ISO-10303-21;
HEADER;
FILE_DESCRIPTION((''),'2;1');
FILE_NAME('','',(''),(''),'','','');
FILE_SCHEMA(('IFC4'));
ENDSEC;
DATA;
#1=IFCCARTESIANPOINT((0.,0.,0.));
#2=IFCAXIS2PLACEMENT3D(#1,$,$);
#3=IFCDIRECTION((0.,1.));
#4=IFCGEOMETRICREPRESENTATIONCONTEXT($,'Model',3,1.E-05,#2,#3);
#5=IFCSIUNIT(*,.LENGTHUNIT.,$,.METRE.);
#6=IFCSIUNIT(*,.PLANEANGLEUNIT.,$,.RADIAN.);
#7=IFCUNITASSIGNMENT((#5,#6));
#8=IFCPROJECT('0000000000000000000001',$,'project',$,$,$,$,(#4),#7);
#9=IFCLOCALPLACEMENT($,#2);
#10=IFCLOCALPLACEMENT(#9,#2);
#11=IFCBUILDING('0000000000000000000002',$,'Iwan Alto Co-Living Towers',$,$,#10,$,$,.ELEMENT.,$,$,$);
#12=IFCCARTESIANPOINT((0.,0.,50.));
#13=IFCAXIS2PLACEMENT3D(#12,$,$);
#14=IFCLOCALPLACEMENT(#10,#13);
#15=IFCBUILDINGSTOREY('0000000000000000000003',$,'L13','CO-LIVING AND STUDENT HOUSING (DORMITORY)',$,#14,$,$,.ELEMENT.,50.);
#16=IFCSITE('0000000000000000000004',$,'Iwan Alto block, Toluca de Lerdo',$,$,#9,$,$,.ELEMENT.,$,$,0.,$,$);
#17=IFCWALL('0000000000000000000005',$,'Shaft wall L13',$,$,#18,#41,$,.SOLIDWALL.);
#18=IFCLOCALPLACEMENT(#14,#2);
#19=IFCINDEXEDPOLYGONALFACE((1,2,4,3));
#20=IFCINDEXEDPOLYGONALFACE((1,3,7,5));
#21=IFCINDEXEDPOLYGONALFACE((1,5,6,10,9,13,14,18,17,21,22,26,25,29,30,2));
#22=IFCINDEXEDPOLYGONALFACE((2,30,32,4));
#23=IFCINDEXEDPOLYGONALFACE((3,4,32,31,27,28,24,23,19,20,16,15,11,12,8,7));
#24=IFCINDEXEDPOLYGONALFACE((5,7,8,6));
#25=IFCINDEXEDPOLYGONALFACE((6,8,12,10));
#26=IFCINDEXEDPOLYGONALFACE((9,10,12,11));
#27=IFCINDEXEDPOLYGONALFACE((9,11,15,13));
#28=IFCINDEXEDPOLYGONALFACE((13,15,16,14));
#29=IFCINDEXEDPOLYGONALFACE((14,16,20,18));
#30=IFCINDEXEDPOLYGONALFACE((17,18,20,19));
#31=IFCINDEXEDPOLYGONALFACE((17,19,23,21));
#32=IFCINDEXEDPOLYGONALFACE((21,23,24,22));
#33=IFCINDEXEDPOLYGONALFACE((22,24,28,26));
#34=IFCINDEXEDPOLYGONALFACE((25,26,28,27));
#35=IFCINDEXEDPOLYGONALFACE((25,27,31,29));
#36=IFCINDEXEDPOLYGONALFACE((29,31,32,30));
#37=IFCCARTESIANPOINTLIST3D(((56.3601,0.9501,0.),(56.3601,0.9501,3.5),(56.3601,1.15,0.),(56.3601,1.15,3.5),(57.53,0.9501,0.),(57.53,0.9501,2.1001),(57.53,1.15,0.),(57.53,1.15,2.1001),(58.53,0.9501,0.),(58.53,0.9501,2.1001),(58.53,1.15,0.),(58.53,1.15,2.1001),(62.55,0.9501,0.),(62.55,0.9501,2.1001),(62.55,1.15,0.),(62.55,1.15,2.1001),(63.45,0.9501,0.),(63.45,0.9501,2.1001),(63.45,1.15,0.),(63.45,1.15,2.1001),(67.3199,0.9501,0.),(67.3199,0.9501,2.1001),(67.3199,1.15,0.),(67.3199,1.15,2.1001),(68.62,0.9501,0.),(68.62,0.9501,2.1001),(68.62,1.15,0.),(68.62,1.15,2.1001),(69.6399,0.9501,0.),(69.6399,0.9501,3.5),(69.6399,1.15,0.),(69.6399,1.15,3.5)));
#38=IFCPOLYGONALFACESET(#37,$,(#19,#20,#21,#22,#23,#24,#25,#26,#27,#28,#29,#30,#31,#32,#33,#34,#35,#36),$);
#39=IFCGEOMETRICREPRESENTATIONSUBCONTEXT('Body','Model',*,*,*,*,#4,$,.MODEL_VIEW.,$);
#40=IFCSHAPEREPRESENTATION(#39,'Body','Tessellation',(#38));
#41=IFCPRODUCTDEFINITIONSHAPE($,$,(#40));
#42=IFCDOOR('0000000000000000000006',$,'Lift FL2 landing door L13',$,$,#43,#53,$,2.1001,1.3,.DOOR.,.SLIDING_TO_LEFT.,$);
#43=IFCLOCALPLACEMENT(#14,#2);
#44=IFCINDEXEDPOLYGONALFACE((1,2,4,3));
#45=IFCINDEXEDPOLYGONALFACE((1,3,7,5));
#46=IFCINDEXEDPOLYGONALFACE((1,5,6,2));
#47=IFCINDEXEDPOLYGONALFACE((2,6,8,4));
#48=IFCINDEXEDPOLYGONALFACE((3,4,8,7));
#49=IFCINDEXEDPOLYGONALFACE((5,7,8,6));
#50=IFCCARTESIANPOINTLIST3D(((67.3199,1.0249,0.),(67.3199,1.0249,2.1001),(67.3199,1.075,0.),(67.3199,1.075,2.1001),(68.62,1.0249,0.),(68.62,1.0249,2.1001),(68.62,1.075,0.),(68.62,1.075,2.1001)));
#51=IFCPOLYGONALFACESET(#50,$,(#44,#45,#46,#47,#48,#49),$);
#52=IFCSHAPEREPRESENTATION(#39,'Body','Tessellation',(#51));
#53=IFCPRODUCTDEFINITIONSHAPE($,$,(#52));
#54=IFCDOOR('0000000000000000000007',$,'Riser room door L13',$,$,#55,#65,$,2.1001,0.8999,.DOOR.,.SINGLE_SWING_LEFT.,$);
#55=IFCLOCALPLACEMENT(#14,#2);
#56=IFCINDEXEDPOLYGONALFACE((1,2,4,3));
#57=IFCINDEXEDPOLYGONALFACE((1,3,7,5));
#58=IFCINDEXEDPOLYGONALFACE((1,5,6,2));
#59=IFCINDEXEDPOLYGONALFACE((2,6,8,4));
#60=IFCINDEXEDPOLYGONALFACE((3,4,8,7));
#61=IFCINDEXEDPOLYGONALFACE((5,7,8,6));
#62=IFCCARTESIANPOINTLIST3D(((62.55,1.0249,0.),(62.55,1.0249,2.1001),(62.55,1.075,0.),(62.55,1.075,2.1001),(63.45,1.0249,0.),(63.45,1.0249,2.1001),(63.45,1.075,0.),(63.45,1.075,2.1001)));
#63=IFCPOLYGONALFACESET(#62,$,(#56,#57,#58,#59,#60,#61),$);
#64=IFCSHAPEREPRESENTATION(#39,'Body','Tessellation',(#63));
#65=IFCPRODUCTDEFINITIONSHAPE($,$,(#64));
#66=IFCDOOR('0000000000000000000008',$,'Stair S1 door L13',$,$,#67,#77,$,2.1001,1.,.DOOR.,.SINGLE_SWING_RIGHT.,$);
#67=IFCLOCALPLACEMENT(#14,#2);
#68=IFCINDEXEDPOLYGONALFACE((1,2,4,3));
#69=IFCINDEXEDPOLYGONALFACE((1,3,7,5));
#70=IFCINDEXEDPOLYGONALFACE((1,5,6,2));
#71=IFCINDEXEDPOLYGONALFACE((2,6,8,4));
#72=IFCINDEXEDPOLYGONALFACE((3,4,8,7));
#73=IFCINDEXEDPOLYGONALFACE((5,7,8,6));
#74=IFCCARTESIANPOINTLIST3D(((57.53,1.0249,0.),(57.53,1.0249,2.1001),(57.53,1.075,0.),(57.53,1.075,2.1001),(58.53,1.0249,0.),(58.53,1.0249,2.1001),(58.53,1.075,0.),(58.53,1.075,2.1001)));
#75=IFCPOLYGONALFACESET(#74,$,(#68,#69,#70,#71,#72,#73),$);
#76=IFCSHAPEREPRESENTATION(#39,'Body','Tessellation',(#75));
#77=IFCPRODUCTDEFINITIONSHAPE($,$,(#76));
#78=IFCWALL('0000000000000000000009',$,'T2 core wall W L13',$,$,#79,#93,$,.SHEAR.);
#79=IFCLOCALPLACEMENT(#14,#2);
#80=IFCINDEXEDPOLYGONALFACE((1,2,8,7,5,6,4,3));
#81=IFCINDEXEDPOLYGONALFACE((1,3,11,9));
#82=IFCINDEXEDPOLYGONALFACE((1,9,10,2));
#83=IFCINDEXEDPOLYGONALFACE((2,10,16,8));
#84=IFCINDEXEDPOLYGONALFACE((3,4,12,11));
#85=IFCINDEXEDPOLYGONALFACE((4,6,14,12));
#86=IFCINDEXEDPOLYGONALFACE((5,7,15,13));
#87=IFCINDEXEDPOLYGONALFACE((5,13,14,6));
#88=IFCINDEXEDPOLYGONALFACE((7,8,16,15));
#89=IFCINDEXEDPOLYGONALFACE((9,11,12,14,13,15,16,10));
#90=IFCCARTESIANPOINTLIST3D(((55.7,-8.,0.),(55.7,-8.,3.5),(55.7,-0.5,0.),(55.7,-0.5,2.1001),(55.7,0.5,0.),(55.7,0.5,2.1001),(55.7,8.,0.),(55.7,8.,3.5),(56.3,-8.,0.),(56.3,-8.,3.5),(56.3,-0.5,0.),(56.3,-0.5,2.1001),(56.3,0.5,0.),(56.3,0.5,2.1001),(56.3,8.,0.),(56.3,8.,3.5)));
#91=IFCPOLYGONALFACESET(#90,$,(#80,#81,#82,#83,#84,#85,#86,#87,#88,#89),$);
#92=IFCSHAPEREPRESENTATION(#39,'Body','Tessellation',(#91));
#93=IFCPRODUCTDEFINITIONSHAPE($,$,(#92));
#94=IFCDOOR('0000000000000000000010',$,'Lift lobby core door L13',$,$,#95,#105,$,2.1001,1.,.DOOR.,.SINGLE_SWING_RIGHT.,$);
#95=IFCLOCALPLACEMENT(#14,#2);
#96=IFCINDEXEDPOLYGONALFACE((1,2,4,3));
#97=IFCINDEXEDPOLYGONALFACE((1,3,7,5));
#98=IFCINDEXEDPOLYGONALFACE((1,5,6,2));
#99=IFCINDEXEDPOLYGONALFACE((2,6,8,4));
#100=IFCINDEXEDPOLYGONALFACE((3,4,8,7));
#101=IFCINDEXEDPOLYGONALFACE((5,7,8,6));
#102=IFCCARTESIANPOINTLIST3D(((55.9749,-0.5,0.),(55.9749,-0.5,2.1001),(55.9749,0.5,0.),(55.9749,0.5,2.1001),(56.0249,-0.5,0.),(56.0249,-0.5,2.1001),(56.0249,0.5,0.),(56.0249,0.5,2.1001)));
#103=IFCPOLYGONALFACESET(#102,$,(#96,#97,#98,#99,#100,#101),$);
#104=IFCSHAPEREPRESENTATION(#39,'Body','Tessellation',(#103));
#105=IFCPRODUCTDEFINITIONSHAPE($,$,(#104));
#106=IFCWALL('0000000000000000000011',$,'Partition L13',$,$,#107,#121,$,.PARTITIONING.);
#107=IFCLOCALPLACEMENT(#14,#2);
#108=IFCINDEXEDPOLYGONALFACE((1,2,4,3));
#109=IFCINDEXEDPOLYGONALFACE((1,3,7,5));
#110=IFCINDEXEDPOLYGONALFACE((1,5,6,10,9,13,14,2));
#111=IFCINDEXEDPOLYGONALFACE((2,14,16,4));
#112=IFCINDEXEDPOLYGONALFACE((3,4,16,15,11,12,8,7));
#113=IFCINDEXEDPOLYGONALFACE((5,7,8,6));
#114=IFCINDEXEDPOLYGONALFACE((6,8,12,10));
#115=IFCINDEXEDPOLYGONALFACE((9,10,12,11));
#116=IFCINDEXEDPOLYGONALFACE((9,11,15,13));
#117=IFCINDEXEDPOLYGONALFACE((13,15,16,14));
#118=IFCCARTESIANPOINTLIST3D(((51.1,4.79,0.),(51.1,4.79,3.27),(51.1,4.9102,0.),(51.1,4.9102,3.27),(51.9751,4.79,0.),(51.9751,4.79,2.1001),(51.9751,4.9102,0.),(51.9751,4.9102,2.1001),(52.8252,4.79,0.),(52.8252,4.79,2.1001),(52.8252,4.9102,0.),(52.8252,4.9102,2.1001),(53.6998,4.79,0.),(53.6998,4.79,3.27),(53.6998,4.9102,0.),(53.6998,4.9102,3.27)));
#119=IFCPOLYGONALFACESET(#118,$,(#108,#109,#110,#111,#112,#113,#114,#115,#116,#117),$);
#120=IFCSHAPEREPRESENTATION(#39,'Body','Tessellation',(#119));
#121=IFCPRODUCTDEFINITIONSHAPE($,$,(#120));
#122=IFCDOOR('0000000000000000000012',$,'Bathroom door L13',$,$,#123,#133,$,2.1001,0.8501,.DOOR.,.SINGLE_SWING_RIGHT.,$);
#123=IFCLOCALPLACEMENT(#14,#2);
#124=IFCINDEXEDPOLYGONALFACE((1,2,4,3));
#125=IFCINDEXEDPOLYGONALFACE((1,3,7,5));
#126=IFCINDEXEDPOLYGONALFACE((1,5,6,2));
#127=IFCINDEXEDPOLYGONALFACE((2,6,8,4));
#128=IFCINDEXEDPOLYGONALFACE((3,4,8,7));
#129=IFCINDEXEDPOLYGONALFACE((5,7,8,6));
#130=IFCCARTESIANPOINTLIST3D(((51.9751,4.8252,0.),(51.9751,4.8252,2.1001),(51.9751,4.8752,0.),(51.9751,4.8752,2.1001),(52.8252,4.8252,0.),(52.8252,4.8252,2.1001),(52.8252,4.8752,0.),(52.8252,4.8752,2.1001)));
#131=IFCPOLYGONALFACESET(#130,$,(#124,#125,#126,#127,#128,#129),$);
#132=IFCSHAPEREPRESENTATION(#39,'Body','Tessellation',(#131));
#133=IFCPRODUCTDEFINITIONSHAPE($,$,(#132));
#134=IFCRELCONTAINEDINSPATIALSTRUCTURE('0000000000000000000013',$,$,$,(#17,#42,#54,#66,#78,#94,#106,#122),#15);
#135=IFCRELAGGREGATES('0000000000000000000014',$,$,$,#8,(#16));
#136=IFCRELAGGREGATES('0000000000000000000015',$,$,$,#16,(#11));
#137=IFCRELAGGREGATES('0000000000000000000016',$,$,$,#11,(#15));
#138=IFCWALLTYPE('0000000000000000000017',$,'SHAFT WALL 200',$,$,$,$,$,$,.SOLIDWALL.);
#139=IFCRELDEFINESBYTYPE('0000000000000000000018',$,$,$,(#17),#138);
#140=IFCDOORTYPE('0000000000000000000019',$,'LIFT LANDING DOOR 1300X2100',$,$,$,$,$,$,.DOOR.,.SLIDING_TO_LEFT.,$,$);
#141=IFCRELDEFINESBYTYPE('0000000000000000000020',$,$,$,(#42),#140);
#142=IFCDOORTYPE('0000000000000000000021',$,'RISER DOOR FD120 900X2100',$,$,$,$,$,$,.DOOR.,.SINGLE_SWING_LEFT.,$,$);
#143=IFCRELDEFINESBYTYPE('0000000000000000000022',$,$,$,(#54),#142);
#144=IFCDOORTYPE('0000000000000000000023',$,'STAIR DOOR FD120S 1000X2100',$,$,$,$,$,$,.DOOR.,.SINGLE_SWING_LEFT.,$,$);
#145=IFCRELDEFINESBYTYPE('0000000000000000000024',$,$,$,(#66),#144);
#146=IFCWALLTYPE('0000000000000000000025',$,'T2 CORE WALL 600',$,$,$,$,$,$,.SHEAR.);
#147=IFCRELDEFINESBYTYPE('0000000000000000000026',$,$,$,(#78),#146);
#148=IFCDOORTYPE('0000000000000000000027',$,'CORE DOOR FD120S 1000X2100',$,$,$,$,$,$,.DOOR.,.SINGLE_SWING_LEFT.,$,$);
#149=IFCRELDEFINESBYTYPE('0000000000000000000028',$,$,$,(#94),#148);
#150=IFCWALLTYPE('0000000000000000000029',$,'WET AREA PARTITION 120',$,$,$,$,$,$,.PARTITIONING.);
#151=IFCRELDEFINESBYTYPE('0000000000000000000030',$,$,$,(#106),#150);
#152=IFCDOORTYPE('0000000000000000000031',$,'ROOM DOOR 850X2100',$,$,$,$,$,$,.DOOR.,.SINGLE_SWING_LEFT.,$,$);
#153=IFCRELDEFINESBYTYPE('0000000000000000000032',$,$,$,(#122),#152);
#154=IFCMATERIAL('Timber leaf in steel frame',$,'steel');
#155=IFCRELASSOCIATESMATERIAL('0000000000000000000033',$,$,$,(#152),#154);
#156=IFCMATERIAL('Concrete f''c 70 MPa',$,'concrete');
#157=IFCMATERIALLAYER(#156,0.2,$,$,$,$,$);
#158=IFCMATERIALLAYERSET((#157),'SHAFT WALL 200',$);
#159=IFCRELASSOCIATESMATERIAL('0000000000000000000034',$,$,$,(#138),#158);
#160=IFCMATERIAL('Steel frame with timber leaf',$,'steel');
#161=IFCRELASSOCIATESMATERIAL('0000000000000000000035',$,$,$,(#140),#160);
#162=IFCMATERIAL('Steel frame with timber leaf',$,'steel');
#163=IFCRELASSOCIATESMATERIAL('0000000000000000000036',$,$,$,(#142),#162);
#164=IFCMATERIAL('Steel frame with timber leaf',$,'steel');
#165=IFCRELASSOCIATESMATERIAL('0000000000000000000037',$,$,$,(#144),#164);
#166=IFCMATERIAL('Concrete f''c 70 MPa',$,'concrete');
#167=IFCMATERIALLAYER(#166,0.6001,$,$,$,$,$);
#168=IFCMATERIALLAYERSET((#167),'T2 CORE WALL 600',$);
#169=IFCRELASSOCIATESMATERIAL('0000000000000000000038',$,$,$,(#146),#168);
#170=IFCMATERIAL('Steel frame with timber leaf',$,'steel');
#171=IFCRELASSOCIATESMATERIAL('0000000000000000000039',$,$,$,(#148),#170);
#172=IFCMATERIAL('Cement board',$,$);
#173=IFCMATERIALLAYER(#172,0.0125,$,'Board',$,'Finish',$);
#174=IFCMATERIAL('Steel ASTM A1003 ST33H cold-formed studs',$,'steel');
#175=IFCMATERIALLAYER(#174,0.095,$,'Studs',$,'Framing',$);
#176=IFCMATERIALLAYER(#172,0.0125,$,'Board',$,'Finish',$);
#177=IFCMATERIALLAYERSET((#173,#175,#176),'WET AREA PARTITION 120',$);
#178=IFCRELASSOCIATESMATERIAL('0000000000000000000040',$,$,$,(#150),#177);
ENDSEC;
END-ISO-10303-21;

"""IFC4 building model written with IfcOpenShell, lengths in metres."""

from ifc_helpers import new_model, si_unit, direction, frame, frame_2d, origin, place, context, subcontext, project, spatial, rectangle, extrude, material, layer, layer_set, type_object, element, fill, save


model = new_model("IFC4")

# Units and contexts
model_context = context("Model", 3, precision=1e-05, world=origin(), true_north=direction((0.0, 1.0)))
body_context = subcontext(model_context, "Body", "Model", "MODEL_VIEW")
ifc_project = project(units=[si_unit("LENGTHUNIT", "METRE"), si_unit("PLANEANGLEUNIT", "RADIAN")], contexts=[model_context])

# Site, building, storey
site_placement = place(None, origin())
site = spatial("IfcSite", under=ifc_project, at=site_placement, Name="Iwan Alto block, Toluca de Lerdo", CompositionType="ELEMENT", RefElevation=0.0)
building_placement = place(site_placement, origin())
building = spatial("IfcBuilding", under=site, at=building_placement, Name="Iwan Alto Co-Living Towers", CompositionType="ELEMENT")
storey_placement = place(building_placement, frame((0.0, 0.0, 50.0)))
storey = spatial("IfcBuildingStorey", under=building, at=storey_placement, Name="L13", Description="CO-LIVING AND STUDENT HOUSING (DORMITORY)", CompositionType="ELEMENT", Elevation=50.0)

# Shared definitions
ifc_material_1 = material(Name="Steel ASTM A1003 ST33H cold-formed studs", Category="steel")

# Shared definitions
ifc_material_2 = material(Name="Timber leaf in steel frame", Category="steel")
door_type_1 = type_object("IfcDoorType", Name="ROOM DOOR 850X2100", OperationType="SINGLE_SWING_LEFT", PredefinedType="DOOR", material=ifc_material_2)

# Wall, openings, doors
ifc_material_3 = material(Name="Concrete f'c 70 MPa", Category="concrete")
ifc_layer_1 = layer(ifc_material_3, 0.2)
ifc_layer_set_1 = layer_set([ifc_layer_1], Name="SHAFT WALL 200")
wall_type_1 = type_object("IfcWallType", Name="SHAFT WALL 200", PredefinedType="SOLIDWALL", material=ifc_layer_set_1)
wall_1_placement = place(storey_placement, frame((56.3601, 1.05, 0.0), z_axis=(0.0, 0.0, 1.0), x_axis=(1.0, 0.0, 0.0)))
wall_1 = element("IfcWall", 1, at=wall_1_placement, inside=storey, type_object=wall_type_1, Name="Shaft wall L13", PredefinedType="SOLIDWALL", context=body_context, shape_type="SweptSolid", body=[
    extrude(rectangle(XDim=13.2798, YDim=0.2, at=frame_2d((6.6399, 0.0))), origin(), (0.0, 0.0, 1.0), 3.5),
])
opening_1_placement = place(wall_1_placement, frame((1.1699, 0.0, 0.0)))
opening_1 = element("IfcOpeningElement", 2, at=opening_1_placement, cuts=wall_1, PredefinedType="OPENING", context=body_context, shape_type="SweptSolid", body=[
    extrude(rectangle(XDim=1.0, YDim=2.1001, at=frame_2d((0.5, 1.05))), frame((0.0, 0.1099, 0.0), z_axis=(0.0, -1.0, 0.0), x_axis=(1.0, 0.0, 0.0)), (0.0, 0.0, 1.0), 0.22),
])
opening_2_placement = place(wall_1_placement, frame((6.1899, 0.0, 0.0)))
opening_2 = element("IfcOpeningElement", 3, at=opening_2_placement, cuts=wall_1, PredefinedType="OPENING", context=body_context, shape_type="SweptSolid", body=[
    extrude(rectangle(XDim=0.8999, YDim=2.1001, at=frame_2d((0.45, 1.05))), frame((0.0, 0.1099, 0.0), z_axis=(0.0, -1.0, 0.0), x_axis=(1.0, 0.0, 0.0)), (0.0, 0.0, 1.0), 0.22),
])
opening_3_placement = place(wall_1_placement, frame((10.96, 0.0, 0.0)))
opening_3 = element("IfcOpeningElement", 4, at=opening_3_placement, cuts=wall_1, PredefinedType="OPENING", context=body_context, shape_type="SweptSolid", body=[
    extrude(rectangle(XDim=1.3, YDim=2.1001, at=frame_2d((0.6499, 1.05))), frame((0.0, 0.1099, 0.0), z_axis=(0.0, -1.0, 0.0), x_axis=(1.0, 0.0, 0.0)), (0.0, 0.0, 1.0), 0.22),
])
ifc_material_4 = material(Name="Steel frame with timber leaf", Category="steel")
door_type_2 = type_object("IfcDoorType", Name="LIFT LANDING DOOR 1300X2100", OperationType="SLIDING_TO_LEFT", PredefinedType="DOOR", material=ifc_material_4)
door_1_placement = place(opening_3_placement, origin())
door_1 = element("IfcDoor", 5, at=door_1_placement, inside=storey, type_object=door_type_2, Name="Lift FL2 landing door L13", OperationType="SLIDING_TO_LEFT", OverallHeight=2.1001, OverallWidth=1.3, PredefinedType="DOOR", context=body_context, shape_type="SweptSolid", body=[
    extrude(rectangle(XDim=1.3, YDim=2.1001, at=frame_2d((0.6499, 1.05))), frame((0.0, 0.0249, 0.0), z_axis=(0.0, -1.0, 0.0), x_axis=(1.0, 0.0, 0.0)), (0.0, 0.0, 1.0), 0.05),
])
fill(opening_3, door_1)
ifc_material_5 = material(Name="Steel frame with timber leaf", Category="steel")
door_type_3 = type_object("IfcDoorType", Name="RISER DOOR FD120 900X2100", OperationType="SINGLE_SWING_LEFT", PredefinedType="DOOR", material=ifc_material_5)
door_2_placement = place(opening_2_placement, origin())
door_2 = element("IfcDoor", 6, at=door_2_placement, inside=storey, type_object=door_type_3, Name="Riser room door L13", OperationType="SINGLE_SWING_LEFT", OverallHeight=2.1001, OverallWidth=0.8999, PredefinedType="DOOR", context=body_context, shape_type="SweptSolid", body=[
    extrude(rectangle(XDim=0.8999, YDim=2.1001, at=frame_2d((0.45, 1.05))), frame((0.0, 0.0249, 0.0), z_axis=(0.0, -1.0, 0.0), x_axis=(1.0, 0.0, 0.0)), (0.0, 0.0, 1.0), 0.05),
])
fill(opening_2, door_2)
ifc_material_6 = material(Name="Steel frame with timber leaf", Category="steel")
door_type_4 = type_object("IfcDoorType", Name="STAIR DOOR FD120S 1000X2100", OperationType="SINGLE_SWING_LEFT", PredefinedType="DOOR", material=ifc_material_6)
door_3_placement = place(opening_1_placement, origin())
door_3 = element("IfcDoor", 7, at=door_3_placement, inside=storey, type_object=door_type_4, Name="Stair S1 door L13", OperationType="SINGLE_SWING_RIGHT", OverallHeight=2.1001, OverallWidth=1.0, PredefinedType="DOOR", context=body_context, shape_type="SweptSolid", body=[
    extrude(rectangle(XDim=1.0, YDim=2.1001, at=frame_2d((0.5, 1.05))), frame((0.0, 0.0249, 0.0), z_axis=(0.0, -1.0, 0.0), x_axis=(1.0, 0.0, 0.0)), (0.0, 0.0, 1.0), 0.05),
])
fill(opening_1, door_3)

# Walls, openings, doors
ifc_material_7 = material(Name="Concrete f'c 70 MPa", Category="concrete")
ifc_layer_2 = layer(ifc_material_7, 0.6001)
ifc_layer_set_2 = layer_set([ifc_layer_2], Name="T2 CORE WALL 600")
wall_type_2 = type_object("IfcWallType", Name="T2 CORE WALL 600", PredefinedType="SHEAR", material=ifc_layer_set_2)
wall_2_placement = place(storey_placement, frame((56.0, 8.0, 0.0), z_axis=(0.0, 0.0, 1.0), x_axis=(0.0, -1.0, 0.0)))
wall_2 = element("IfcWall", 8, at=wall_2_placement, inside=storey, type_object=wall_type_2, Name="T2 core wall W L13", PredefinedType="SHEAR", context=body_context, shape_type="SweptSolid", body=[
    extrude(rectangle(XDim=16.0, YDim=0.6001, at=frame_2d((8.0, 0.0))), origin(), (0.0, 0.0, 1.0), 3.5),
])
opening_4_placement = place(wall_2_placement, frame((7.5, 0.0, 0.0)))
opening_4 = element("IfcOpeningElement", 9, at=opening_4_placement, cuts=wall_2, PredefinedType="OPENING", context=body_context, shape_type="SweptSolid", body=[
    extrude(rectangle(XDim=1.0, YDim=2.1001, at=frame_2d((0.5, 1.05))), frame((0.0, 0.3101, 0.0), z_axis=(0.0, -1.0, 0.0), x_axis=(1.0, 0.0, 0.0)), (0.0, 0.0, 1.0), 0.6201),
])
ifc_material_8 = material(Name="Steel frame with timber leaf", Category="steel")
door_type_5 = type_object("IfcDoorType", Name="CORE DOOR FD120S 1000X2100", OperationType="SINGLE_SWING_LEFT", PredefinedType="DOOR", material=ifc_material_8)
door_4_placement = place(opening_4_placement, origin())
door_4 = element("IfcDoor", 10, at=door_4_placement, inside=storey, type_object=door_type_5, Name="Lift lobby core door L13", OperationType="SINGLE_SWING_RIGHT", OverallHeight=2.1001, OverallWidth=1.0, PredefinedType="DOOR", context=body_context, shape_type="SweptSolid", body=[
    extrude(rectangle(XDim=1.0, YDim=2.1001, at=frame_2d((0.5, 1.05))), frame((0.0, 0.0249, 0.0), z_axis=(0.0, -1.0, 0.0), x_axis=(1.0, 0.0, 0.0)), (0.0, 0.0, 1.0), 0.05),
])
fill(opening_4, door_4)
ifc_material_9 = material(Name="Cement board")
ifc_layer_3 = layer(ifc_material_9, 0.0125, Name="Board", Category="Finish")
ifc_layer_4 = layer(ifc_material_1, 0.095, Name="Studs", Category="Framing")
ifc_layer_5 = layer(ifc_material_9, 0.0125, Name="Board", Category="Finish")
ifc_layer_set_3 = layer_set([ifc_layer_3, ifc_layer_4, ifc_layer_5], Name="WET AREA PARTITION 120")
wall_type_3 = type_object("IfcWallType", Name="WET AREA PARTITION 120", PredefinedType="PARTITIONING", material=ifc_layer_set_3)
wall_3_placement = place(storey_placement, frame((51.1001, 4.8501, 0.0), z_axis=(0.0, 0.0, 1.0), x_axis=(1.0, 0.0, 0.0)))
wall_3 = element("IfcWall", 11, at=wall_3_placement, inside=storey, type_object=wall_type_3, Name="Partition L13", PredefinedType="PARTITIONING", context=body_context, shape_type="SweptSolid", body=[
    extrude(rectangle(XDim=2.5999, YDim=0.1201, at=frame_2d((1.2998, 0.0))), origin(), (0.0, 0.0, 1.0), 3.27),
])
opening_5_placement = place(wall_3_placement, frame((0.875, 0.0, 0.0)))
opening_5 = element("IfcOpeningElement", 12, at=opening_5_placement, cuts=wall_3, PredefinedType="OPENING", context=body_context, shape_type="SweptSolid", body=[
    extrude(rectangle(XDim=0.8501, YDim=2.1001, at=frame_2d((0.425, 1.05))), frame((0.0, 0.0701, 0.0), z_axis=(0.0, -1.0, 0.0), x_axis=(1.0, 0.0, 0.0)), (0.0, 0.0, 1.0), 0.1401),
])
door_5_placement = place(opening_5_placement, frame((0.8501, 0.0, 0.0), z_axis=(0.0, 0.0, 1.0), x_axis=(-1.0, 0.0, 0.0)))
door_5 = element("IfcDoor", 13, at=door_5_placement, inside=storey, type_object=door_type_1, Name="Bathroom door L13", OperationType="SINGLE_SWING_RIGHT", OverallHeight=2.1001, OverallWidth=0.8501, PredefinedType="DOOR", context=body_context, shape_type="SweptSolid", body=[
    extrude(rectangle(XDim=0.8501, YDim=2.1001, at=frame_2d((0.425, 1.05))), frame((0.0, 0.0249, 0.0), z_axis=(0.0, -1.0, 0.0), x_axis=(1.0, 0.0, 0.0)), (0.0, 0.0, 1.0), 0.05),
])
fill(opening_5, door_5)

save(model, "model.ifc")
